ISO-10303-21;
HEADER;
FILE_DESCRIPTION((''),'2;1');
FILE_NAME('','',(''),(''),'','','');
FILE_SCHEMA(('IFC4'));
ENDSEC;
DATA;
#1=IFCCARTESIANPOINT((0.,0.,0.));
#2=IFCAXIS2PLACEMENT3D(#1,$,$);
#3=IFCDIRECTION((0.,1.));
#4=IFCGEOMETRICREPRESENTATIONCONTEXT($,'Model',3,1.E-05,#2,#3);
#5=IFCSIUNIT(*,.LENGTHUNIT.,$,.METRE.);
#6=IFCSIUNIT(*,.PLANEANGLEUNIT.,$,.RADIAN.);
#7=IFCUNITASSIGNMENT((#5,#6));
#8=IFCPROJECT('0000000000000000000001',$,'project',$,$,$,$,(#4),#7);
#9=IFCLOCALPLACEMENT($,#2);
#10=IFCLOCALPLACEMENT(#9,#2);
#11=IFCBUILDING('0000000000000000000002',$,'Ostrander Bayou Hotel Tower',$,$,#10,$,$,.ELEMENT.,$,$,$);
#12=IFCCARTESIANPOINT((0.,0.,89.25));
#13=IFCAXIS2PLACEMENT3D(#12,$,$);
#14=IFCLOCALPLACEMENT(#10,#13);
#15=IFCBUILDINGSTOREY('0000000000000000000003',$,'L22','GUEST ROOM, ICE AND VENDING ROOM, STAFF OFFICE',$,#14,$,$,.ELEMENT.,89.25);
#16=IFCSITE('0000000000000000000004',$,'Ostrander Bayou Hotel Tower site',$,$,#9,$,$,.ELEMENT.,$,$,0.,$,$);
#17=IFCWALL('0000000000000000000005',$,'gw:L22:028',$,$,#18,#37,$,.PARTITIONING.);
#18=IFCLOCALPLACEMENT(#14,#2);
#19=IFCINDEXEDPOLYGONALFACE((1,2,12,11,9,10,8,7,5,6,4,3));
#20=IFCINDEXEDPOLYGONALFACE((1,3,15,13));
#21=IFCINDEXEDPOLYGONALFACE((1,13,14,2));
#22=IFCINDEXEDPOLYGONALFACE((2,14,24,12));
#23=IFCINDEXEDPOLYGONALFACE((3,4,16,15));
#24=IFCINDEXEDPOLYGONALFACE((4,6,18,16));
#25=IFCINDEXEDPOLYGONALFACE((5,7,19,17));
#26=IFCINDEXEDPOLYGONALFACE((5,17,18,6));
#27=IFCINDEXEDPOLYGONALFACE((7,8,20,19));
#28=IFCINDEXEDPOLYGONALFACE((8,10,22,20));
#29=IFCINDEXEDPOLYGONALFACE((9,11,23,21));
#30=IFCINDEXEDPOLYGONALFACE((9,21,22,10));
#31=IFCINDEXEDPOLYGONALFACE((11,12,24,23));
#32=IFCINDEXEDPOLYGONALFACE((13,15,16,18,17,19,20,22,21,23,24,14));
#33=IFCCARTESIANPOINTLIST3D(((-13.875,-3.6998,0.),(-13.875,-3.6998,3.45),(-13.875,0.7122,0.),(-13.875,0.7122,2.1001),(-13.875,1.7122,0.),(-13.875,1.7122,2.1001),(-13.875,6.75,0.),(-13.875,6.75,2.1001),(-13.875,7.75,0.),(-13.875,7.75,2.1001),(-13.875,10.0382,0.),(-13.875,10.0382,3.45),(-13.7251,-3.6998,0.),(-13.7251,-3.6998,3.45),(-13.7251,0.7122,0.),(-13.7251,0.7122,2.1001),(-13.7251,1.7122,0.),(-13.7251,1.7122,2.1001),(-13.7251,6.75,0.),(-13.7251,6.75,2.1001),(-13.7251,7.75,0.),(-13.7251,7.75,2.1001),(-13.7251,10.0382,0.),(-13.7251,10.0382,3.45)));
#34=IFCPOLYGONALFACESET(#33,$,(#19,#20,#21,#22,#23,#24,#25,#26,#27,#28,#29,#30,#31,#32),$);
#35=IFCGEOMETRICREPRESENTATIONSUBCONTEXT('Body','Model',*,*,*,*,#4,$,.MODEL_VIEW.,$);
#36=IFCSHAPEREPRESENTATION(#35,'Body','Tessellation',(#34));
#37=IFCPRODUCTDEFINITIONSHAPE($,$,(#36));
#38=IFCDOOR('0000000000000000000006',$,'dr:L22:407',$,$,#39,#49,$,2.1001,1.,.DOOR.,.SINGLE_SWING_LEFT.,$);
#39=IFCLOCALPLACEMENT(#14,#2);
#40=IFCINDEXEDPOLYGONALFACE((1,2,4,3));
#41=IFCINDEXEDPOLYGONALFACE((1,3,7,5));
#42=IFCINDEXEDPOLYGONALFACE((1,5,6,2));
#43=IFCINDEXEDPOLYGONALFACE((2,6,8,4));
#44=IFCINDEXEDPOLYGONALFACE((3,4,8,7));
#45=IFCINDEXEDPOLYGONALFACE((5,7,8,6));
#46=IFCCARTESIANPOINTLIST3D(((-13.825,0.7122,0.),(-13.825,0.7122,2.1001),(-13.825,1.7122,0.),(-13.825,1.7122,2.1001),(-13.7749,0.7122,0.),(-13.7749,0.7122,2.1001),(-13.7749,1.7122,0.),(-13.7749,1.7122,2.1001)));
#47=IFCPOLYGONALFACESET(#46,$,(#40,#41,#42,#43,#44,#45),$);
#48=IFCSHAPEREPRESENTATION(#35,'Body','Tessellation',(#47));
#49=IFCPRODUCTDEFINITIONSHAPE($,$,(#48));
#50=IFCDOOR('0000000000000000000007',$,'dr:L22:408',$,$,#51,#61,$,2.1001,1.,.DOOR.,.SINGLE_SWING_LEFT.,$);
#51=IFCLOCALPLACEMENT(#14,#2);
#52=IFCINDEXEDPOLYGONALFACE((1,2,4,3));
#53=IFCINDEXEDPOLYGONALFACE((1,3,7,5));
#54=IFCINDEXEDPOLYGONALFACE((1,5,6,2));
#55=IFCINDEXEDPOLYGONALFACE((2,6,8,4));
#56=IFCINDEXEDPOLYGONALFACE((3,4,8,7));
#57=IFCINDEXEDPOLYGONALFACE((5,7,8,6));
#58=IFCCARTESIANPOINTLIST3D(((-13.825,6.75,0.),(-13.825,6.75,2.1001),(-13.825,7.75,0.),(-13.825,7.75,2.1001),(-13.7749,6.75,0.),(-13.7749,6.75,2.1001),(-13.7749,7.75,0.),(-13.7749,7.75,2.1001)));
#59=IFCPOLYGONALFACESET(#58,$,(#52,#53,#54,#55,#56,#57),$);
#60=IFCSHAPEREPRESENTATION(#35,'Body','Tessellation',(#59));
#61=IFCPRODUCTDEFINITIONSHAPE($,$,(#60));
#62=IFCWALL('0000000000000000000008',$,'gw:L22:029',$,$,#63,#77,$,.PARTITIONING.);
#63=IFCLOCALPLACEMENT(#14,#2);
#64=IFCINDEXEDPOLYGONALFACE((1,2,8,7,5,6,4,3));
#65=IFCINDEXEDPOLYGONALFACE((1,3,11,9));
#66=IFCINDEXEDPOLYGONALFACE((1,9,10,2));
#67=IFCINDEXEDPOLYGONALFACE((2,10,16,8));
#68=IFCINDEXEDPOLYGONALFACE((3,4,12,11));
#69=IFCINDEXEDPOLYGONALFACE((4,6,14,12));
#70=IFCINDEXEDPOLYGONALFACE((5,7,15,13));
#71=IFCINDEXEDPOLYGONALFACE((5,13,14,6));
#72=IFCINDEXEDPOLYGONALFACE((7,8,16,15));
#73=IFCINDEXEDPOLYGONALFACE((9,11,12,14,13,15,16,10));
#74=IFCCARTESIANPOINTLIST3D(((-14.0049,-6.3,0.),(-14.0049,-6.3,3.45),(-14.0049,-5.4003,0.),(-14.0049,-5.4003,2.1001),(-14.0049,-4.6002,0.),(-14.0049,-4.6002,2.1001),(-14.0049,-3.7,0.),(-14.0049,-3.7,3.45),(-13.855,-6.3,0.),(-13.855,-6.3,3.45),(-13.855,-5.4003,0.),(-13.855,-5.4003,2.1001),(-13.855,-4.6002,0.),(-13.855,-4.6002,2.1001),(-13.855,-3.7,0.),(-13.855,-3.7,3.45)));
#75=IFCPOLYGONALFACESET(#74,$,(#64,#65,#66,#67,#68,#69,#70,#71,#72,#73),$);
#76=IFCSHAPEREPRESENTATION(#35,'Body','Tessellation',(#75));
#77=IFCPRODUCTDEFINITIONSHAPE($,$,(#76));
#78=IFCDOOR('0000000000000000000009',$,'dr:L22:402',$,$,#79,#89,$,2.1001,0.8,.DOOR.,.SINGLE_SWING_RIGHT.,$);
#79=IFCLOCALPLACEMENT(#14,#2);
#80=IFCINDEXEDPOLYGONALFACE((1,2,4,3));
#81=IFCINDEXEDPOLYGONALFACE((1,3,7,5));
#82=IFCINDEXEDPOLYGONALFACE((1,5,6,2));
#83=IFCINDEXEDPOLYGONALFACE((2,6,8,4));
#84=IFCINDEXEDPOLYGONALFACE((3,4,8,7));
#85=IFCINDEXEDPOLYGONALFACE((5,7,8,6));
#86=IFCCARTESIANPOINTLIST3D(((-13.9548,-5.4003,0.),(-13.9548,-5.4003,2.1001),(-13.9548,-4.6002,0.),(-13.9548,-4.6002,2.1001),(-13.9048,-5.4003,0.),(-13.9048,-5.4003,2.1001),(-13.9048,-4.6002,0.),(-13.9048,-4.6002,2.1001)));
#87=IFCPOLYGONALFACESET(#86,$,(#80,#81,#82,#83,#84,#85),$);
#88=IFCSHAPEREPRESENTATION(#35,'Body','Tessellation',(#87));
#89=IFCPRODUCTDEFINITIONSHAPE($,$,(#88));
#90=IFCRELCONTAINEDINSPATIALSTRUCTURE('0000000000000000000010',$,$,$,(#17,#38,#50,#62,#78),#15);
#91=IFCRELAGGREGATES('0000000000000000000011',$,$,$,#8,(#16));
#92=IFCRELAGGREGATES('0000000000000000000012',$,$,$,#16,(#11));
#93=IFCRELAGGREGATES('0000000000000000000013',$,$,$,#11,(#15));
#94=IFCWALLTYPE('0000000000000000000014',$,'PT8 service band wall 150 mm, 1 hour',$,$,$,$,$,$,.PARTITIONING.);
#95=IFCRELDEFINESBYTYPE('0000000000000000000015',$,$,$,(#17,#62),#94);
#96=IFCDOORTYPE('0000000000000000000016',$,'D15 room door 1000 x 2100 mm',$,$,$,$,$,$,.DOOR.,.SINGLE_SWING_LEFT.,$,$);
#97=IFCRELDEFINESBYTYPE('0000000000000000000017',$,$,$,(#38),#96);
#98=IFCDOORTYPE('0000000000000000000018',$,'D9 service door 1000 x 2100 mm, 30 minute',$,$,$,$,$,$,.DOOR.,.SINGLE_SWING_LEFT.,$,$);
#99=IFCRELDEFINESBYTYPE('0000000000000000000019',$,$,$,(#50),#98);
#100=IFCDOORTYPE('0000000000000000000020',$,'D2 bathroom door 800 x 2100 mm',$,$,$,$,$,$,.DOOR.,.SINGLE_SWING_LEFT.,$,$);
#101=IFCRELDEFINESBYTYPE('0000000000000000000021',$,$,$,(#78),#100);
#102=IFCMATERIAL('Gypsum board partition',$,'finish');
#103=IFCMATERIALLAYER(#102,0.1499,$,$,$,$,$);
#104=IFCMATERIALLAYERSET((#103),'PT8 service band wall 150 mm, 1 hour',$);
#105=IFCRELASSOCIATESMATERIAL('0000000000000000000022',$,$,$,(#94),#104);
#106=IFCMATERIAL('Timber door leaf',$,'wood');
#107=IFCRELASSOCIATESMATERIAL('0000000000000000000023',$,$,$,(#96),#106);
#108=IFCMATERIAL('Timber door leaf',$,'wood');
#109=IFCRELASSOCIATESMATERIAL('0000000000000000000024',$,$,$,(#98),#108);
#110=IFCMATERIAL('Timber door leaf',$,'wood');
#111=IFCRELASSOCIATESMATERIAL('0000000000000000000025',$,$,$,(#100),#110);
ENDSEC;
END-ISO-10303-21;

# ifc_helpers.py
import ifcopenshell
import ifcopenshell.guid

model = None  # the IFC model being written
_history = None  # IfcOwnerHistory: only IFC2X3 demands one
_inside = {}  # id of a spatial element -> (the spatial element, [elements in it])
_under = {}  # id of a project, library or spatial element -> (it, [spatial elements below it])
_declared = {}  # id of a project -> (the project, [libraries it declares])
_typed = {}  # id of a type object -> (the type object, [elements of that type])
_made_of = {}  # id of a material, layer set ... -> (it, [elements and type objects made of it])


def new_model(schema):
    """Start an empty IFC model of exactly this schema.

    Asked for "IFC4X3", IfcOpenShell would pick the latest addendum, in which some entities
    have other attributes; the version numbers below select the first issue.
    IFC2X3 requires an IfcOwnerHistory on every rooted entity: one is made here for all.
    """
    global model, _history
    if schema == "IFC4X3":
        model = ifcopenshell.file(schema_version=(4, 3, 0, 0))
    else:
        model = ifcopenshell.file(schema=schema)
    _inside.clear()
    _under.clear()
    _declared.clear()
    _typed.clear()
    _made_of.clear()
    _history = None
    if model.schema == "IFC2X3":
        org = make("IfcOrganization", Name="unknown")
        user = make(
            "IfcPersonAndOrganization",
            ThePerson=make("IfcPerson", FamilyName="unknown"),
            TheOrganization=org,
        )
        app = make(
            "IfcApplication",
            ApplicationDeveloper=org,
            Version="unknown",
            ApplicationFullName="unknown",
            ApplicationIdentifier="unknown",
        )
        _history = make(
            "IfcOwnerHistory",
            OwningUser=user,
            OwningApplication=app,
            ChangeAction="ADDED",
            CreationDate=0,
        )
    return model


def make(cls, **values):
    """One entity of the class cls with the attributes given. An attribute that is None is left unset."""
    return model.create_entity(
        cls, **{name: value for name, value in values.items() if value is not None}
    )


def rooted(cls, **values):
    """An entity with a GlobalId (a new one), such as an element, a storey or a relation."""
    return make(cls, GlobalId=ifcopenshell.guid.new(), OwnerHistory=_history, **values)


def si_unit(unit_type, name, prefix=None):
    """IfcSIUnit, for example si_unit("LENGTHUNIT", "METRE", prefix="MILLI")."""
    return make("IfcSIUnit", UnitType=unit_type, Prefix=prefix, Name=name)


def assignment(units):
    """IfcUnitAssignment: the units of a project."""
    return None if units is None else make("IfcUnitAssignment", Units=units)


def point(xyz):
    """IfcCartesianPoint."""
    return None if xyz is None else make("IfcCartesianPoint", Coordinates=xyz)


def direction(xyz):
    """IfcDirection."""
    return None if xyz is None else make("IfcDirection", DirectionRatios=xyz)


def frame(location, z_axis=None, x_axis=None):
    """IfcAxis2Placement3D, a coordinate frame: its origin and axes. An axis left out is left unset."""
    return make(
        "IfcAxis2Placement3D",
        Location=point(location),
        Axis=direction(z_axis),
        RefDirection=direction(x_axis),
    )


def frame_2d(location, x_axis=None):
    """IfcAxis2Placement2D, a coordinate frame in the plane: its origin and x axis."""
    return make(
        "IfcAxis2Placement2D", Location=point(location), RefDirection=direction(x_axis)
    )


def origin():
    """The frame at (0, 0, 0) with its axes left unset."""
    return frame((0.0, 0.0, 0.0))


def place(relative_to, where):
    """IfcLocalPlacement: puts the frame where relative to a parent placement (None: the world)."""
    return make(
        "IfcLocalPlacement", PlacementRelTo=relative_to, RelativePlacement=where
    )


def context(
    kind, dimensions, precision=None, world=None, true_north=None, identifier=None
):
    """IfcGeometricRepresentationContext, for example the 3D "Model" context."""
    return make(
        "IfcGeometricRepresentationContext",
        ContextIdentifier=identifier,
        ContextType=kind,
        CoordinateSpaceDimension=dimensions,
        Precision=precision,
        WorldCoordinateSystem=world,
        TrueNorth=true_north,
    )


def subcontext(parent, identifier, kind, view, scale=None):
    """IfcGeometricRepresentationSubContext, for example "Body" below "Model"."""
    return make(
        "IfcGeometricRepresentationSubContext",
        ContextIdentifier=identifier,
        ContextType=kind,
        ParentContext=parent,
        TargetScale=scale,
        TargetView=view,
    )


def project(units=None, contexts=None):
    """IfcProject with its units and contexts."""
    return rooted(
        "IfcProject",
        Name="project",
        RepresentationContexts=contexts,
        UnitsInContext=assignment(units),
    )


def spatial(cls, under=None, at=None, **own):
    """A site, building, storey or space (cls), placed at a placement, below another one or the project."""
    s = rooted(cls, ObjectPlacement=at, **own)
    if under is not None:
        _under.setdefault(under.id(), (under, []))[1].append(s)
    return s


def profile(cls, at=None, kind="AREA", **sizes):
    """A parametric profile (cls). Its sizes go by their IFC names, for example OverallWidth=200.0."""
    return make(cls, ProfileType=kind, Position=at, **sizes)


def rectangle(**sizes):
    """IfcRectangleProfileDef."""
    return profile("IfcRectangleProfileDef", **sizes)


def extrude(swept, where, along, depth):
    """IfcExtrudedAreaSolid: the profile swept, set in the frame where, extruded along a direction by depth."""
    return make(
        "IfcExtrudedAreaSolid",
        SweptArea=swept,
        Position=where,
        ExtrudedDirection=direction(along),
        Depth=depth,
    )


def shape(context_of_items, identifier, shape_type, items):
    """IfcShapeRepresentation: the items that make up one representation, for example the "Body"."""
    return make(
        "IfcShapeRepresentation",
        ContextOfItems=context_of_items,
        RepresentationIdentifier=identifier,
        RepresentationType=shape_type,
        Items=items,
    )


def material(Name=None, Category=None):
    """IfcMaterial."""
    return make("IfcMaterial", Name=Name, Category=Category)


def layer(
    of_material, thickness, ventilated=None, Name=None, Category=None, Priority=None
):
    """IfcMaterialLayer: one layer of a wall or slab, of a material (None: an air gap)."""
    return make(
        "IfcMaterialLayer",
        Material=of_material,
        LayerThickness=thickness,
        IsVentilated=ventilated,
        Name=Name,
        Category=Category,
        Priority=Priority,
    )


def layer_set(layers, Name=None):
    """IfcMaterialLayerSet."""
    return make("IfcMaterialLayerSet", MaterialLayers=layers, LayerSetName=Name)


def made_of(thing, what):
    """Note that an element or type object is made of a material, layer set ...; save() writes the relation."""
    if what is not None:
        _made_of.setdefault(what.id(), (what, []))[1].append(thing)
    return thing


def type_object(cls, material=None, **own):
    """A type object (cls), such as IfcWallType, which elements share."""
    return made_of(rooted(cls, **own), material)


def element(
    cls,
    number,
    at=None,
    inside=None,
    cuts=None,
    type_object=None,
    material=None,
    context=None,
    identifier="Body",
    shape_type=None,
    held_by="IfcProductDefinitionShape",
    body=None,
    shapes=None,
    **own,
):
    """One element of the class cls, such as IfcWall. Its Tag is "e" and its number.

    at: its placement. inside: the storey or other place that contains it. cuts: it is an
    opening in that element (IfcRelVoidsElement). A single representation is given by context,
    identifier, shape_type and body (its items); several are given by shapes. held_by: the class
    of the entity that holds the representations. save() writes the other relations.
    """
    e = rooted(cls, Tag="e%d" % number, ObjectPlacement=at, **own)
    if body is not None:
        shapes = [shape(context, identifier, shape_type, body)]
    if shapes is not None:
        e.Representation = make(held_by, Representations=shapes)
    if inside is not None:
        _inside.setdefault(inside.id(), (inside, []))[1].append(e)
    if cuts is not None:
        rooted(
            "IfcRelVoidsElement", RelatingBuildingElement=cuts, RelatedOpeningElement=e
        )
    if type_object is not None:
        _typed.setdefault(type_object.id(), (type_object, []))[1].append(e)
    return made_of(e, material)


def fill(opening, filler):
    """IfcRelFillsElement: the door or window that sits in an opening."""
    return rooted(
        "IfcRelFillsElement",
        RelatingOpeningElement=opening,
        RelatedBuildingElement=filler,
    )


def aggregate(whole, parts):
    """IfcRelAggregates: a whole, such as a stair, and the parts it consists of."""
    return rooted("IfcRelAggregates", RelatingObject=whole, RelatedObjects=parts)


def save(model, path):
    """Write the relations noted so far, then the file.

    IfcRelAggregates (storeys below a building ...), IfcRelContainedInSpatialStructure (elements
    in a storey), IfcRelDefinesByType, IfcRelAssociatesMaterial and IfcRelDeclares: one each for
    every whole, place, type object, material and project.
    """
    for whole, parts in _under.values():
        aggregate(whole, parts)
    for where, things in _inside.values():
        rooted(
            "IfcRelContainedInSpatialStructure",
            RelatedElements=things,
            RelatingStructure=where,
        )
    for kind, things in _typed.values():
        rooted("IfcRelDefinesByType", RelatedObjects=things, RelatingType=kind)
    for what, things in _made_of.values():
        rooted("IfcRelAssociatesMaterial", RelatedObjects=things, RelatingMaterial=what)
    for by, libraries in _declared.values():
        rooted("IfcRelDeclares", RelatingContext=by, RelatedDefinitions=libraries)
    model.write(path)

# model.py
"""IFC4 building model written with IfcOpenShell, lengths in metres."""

from ifc_helpers import new_model, si_unit, direction, frame, frame_2d, origin, place, context, subcontext, project, spatial, rectangle, extrude, material, layer, layer_set, type_object, element, fill, save


model = new_model("IFC4")

# Units and contexts
model_context = context("Model", 3, precision=1e-05, world=origin(), true_north=direction((0.0, 1.0)))
body_context = subcontext(model_context, "Body", "Model", "MODEL_VIEW")
ifc_project = project(units=[si_unit("LENGTHUNIT", "METRE"), si_unit("PLANEANGLEUNIT", "RADIAN")], contexts=[model_context])

# Site, building, storey
site_placement = place(None, origin())
site = spatial("IfcSite", under=ifc_project, at=site_placement, Name="Ostrander Bayou Hotel Tower site", CompositionType="ELEMENT", RefElevation=0.0)
building_placement = place(site_placement, origin())
building = spatial("IfcBuilding", under=site, at=building_placement, Name="Ostrander Bayou Hotel Tower", CompositionType="ELEMENT")
storey_placement = place(building_placement, frame((0.0, 0.0, 89.25)))
storey = spatial("IfcBuildingStorey", under=building, at=storey_placement, Name="L22", Description="GUEST ROOM, ICE AND VENDING ROOM, STAFF OFFICE", CompositionType="ELEMENT", Elevation=89.25)

# Shared definitions
ifc_material_1 = material(Name="Gypsum board partition", Category="finish")
ifc_layer_1 = layer(ifc_material_1, 0.1499)
ifc_layer_set_1 = layer_set([ifc_layer_1], Name="PT8 service band wall 150 mm, 1 hour")
wall_type_1 = type_object("IfcWallType", Name="PT8 service band wall 150 mm, 1 hour", PredefinedType="PARTITIONING", material=ifc_layer_set_1)

# Wall, openings, doors
wall_1_placement = place(storey_placement, frame((-13.8, -3.7, 0.0), z_axis=(0.0, 0.0, 1.0), x_axis=(0.0, 1.0, 0.0)))
wall_1 = element("IfcWall", 1, at=wall_1_placement, inside=storey, type_object=wall_type_1, Name="gw:L22:028", PredefinedType="PARTITIONING", context=body_context, shape_type="SweptSolid", body=[
    extrude(rectangle(XDim=13.738, YDim=0.1499, at=frame_2d((6.8691, 0.0))), origin(), (0.0, 0.0, 1.0), 3.45),
])
opening_1_placement = place(wall_1_placement, frame((4.4121, 0.0, 0.0)))
opening_1 = element("IfcOpeningElement", 2, at=opening_1_placement, cuts=wall_1, PredefinedType="OPENING", context=body_context, shape_type="SweptSolid", body=[
    extrude(rectangle(XDim=1.0, YDim=2.1001, at=frame_2d((0.5, 1.05))), frame((0.0, 0.075, 0.0), z_axis=(0.0, -1.0, 0.0), x_axis=(1.0, 0.0, 0.0)), (0.0, 0.0, 1.0), 0.1499),
])
opening_2_placement = place(wall_1_placement, frame((10.45, 0.0, 0.0)))
opening_2 = element("IfcOpeningElement", 3, at=opening_2_placement, cuts=wall_1, PredefinedType="OPENING", context=body_context, shape_type="SweptSolid", body=[
    extrude(rectangle(XDim=1.0, YDim=2.1001, at=frame_2d((0.5, 1.05))), frame((0.0, 0.075, 0.0), z_axis=(0.0, -1.0, 0.0), x_axis=(1.0, 0.0, 0.0)), (0.0, 0.0, 1.0), 0.1499),
])
ifc_material_2 = material(Name="Timber door leaf", Category="wood")
door_type_1 = type_object("IfcDoorType", Name="D15 room door 1000 x 2100 mm", OperationType="SINGLE_SWING_LEFT", PredefinedType="DOOR", material=ifc_material_2)
door_1_placement = place(opening_1_placement, origin())
door_1 = element("IfcDoor", 4, at=door_1_placement, inside=storey, type_object=door_type_1, Name="dr:L22:407", OperationType="SINGLE_SWING_LEFT", OverallHeight=2.1001, OverallWidth=1.0, PredefinedType="DOOR", context=body_context, shape_type="SweptSolid", body=[
    extrude(rectangle(XDim=1.0, YDim=2.1001, at=frame_2d((0.5, 1.05))), frame((0.0, 0.0249, 0.0), z_axis=(0.0, -1.0, 0.0), x_axis=(1.0, 0.0, 0.0)), (0.0, 0.0, 1.0), 0.05),
])
fill(opening_1, door_1)
ifc_material_3 = material(Name="Timber door leaf", Category="wood")
door_type_2 = type_object("IfcDoorType", Name="D9 service door 1000 x 2100 mm, 30 minute", OperationType="SINGLE_SWING_LEFT", PredefinedType="DOOR", material=ifc_material_3)
door_2_placement = place(opening_2_placement, origin())
door_2 = element("IfcDoor", 5, at=door_2_placement, inside=storey, type_object=door_type_2, Name="dr:L22:408", OperationType="SINGLE_SWING_LEFT", OverallHeight=2.1001, OverallWidth=1.0, PredefinedType="DOOR", context=body_context, shape_type="SweptSolid", body=[
    extrude(rectangle(XDim=1.0, YDim=2.1001, at=frame_2d((0.5, 1.05))), frame((0.0, 0.0249, 0.0), z_axis=(0.0, -1.0, 0.0), x_axis=(1.0, 0.0, 0.0)), (0.0, 0.0, 1.0), 0.05),
])
fill(opening_2, door_2)

# Wall, opening, door
wall_2_placement = place(storey_placement, frame((-13.9299, -6.3, 0.0), z_axis=(0.0, 0.0, 1.0), x_axis=(0.0, 1.0, 0.0)))
wall_2 = element("IfcWall", 6, at=wall_2_placement, inside=storey, type_object=wall_type_1, Name="gw:L22:029", PredefinedType="PARTITIONING", context=body_context, shape_type="SweptSolid", body=[
    extrude(rectangle(XDim=2.6001, YDim=0.1499, at=frame_2d((1.3, 0.0))), origin(), (0.0, 0.0, 1.0), 3.45),
])
opening_3_placement = place(wall_2_placement, frame((0.8999, 0.0, 0.0)))
opening_3 = element("IfcOpeningElement", 7, at=opening_3_placement, cuts=wall_2, PredefinedType="OPENING", context=body_context, shape_type="SweptSolid", body=[
    extrude(rectangle(XDim=0.8, YDim=2.1001, at=frame_2d((0.3999, 1.05))), frame((0.0, 0.075, 0.0), z_axis=(0.0, -1.0, 0.0), x_axis=(1.0, 0.0, 0.0)), (0.0, 0.0, 1.0), 0.1499),
])
ifc_material_4 = material(Name="Timber door leaf", Category="wood")
door_type_3 = type_object("IfcDoorType", Name="D2 bathroom door 800 x 2100 mm", OperationType="SINGLE_SWING_LEFT", PredefinedType="DOOR", material=ifc_material_4)
door_3_placement = place(opening_3_placement, origin())
door_3 = element("IfcDoor", 8, at=door_3_placement, inside=storey, type_object=door_type_3, Name="dr:L22:402", OperationType="SINGLE_SWING_RIGHT", OverallHeight=2.1001, OverallWidth=0.8, PredefinedType="DOOR", context=body_context, shape_type="SweptSolid", body=[
    extrude(rectangle(XDim=0.8, YDim=2.1001, at=frame_2d((0.3999, 1.05))), frame((0.0, 0.0249, 0.0), z_axis=(0.0, -1.0, 0.0), x_axis=(1.0, 0.0, 0.0)), (0.0, 0.0, 1.0), 0.05),
])
fill(opening_3, door_3)

save(model, "model.ifc")
